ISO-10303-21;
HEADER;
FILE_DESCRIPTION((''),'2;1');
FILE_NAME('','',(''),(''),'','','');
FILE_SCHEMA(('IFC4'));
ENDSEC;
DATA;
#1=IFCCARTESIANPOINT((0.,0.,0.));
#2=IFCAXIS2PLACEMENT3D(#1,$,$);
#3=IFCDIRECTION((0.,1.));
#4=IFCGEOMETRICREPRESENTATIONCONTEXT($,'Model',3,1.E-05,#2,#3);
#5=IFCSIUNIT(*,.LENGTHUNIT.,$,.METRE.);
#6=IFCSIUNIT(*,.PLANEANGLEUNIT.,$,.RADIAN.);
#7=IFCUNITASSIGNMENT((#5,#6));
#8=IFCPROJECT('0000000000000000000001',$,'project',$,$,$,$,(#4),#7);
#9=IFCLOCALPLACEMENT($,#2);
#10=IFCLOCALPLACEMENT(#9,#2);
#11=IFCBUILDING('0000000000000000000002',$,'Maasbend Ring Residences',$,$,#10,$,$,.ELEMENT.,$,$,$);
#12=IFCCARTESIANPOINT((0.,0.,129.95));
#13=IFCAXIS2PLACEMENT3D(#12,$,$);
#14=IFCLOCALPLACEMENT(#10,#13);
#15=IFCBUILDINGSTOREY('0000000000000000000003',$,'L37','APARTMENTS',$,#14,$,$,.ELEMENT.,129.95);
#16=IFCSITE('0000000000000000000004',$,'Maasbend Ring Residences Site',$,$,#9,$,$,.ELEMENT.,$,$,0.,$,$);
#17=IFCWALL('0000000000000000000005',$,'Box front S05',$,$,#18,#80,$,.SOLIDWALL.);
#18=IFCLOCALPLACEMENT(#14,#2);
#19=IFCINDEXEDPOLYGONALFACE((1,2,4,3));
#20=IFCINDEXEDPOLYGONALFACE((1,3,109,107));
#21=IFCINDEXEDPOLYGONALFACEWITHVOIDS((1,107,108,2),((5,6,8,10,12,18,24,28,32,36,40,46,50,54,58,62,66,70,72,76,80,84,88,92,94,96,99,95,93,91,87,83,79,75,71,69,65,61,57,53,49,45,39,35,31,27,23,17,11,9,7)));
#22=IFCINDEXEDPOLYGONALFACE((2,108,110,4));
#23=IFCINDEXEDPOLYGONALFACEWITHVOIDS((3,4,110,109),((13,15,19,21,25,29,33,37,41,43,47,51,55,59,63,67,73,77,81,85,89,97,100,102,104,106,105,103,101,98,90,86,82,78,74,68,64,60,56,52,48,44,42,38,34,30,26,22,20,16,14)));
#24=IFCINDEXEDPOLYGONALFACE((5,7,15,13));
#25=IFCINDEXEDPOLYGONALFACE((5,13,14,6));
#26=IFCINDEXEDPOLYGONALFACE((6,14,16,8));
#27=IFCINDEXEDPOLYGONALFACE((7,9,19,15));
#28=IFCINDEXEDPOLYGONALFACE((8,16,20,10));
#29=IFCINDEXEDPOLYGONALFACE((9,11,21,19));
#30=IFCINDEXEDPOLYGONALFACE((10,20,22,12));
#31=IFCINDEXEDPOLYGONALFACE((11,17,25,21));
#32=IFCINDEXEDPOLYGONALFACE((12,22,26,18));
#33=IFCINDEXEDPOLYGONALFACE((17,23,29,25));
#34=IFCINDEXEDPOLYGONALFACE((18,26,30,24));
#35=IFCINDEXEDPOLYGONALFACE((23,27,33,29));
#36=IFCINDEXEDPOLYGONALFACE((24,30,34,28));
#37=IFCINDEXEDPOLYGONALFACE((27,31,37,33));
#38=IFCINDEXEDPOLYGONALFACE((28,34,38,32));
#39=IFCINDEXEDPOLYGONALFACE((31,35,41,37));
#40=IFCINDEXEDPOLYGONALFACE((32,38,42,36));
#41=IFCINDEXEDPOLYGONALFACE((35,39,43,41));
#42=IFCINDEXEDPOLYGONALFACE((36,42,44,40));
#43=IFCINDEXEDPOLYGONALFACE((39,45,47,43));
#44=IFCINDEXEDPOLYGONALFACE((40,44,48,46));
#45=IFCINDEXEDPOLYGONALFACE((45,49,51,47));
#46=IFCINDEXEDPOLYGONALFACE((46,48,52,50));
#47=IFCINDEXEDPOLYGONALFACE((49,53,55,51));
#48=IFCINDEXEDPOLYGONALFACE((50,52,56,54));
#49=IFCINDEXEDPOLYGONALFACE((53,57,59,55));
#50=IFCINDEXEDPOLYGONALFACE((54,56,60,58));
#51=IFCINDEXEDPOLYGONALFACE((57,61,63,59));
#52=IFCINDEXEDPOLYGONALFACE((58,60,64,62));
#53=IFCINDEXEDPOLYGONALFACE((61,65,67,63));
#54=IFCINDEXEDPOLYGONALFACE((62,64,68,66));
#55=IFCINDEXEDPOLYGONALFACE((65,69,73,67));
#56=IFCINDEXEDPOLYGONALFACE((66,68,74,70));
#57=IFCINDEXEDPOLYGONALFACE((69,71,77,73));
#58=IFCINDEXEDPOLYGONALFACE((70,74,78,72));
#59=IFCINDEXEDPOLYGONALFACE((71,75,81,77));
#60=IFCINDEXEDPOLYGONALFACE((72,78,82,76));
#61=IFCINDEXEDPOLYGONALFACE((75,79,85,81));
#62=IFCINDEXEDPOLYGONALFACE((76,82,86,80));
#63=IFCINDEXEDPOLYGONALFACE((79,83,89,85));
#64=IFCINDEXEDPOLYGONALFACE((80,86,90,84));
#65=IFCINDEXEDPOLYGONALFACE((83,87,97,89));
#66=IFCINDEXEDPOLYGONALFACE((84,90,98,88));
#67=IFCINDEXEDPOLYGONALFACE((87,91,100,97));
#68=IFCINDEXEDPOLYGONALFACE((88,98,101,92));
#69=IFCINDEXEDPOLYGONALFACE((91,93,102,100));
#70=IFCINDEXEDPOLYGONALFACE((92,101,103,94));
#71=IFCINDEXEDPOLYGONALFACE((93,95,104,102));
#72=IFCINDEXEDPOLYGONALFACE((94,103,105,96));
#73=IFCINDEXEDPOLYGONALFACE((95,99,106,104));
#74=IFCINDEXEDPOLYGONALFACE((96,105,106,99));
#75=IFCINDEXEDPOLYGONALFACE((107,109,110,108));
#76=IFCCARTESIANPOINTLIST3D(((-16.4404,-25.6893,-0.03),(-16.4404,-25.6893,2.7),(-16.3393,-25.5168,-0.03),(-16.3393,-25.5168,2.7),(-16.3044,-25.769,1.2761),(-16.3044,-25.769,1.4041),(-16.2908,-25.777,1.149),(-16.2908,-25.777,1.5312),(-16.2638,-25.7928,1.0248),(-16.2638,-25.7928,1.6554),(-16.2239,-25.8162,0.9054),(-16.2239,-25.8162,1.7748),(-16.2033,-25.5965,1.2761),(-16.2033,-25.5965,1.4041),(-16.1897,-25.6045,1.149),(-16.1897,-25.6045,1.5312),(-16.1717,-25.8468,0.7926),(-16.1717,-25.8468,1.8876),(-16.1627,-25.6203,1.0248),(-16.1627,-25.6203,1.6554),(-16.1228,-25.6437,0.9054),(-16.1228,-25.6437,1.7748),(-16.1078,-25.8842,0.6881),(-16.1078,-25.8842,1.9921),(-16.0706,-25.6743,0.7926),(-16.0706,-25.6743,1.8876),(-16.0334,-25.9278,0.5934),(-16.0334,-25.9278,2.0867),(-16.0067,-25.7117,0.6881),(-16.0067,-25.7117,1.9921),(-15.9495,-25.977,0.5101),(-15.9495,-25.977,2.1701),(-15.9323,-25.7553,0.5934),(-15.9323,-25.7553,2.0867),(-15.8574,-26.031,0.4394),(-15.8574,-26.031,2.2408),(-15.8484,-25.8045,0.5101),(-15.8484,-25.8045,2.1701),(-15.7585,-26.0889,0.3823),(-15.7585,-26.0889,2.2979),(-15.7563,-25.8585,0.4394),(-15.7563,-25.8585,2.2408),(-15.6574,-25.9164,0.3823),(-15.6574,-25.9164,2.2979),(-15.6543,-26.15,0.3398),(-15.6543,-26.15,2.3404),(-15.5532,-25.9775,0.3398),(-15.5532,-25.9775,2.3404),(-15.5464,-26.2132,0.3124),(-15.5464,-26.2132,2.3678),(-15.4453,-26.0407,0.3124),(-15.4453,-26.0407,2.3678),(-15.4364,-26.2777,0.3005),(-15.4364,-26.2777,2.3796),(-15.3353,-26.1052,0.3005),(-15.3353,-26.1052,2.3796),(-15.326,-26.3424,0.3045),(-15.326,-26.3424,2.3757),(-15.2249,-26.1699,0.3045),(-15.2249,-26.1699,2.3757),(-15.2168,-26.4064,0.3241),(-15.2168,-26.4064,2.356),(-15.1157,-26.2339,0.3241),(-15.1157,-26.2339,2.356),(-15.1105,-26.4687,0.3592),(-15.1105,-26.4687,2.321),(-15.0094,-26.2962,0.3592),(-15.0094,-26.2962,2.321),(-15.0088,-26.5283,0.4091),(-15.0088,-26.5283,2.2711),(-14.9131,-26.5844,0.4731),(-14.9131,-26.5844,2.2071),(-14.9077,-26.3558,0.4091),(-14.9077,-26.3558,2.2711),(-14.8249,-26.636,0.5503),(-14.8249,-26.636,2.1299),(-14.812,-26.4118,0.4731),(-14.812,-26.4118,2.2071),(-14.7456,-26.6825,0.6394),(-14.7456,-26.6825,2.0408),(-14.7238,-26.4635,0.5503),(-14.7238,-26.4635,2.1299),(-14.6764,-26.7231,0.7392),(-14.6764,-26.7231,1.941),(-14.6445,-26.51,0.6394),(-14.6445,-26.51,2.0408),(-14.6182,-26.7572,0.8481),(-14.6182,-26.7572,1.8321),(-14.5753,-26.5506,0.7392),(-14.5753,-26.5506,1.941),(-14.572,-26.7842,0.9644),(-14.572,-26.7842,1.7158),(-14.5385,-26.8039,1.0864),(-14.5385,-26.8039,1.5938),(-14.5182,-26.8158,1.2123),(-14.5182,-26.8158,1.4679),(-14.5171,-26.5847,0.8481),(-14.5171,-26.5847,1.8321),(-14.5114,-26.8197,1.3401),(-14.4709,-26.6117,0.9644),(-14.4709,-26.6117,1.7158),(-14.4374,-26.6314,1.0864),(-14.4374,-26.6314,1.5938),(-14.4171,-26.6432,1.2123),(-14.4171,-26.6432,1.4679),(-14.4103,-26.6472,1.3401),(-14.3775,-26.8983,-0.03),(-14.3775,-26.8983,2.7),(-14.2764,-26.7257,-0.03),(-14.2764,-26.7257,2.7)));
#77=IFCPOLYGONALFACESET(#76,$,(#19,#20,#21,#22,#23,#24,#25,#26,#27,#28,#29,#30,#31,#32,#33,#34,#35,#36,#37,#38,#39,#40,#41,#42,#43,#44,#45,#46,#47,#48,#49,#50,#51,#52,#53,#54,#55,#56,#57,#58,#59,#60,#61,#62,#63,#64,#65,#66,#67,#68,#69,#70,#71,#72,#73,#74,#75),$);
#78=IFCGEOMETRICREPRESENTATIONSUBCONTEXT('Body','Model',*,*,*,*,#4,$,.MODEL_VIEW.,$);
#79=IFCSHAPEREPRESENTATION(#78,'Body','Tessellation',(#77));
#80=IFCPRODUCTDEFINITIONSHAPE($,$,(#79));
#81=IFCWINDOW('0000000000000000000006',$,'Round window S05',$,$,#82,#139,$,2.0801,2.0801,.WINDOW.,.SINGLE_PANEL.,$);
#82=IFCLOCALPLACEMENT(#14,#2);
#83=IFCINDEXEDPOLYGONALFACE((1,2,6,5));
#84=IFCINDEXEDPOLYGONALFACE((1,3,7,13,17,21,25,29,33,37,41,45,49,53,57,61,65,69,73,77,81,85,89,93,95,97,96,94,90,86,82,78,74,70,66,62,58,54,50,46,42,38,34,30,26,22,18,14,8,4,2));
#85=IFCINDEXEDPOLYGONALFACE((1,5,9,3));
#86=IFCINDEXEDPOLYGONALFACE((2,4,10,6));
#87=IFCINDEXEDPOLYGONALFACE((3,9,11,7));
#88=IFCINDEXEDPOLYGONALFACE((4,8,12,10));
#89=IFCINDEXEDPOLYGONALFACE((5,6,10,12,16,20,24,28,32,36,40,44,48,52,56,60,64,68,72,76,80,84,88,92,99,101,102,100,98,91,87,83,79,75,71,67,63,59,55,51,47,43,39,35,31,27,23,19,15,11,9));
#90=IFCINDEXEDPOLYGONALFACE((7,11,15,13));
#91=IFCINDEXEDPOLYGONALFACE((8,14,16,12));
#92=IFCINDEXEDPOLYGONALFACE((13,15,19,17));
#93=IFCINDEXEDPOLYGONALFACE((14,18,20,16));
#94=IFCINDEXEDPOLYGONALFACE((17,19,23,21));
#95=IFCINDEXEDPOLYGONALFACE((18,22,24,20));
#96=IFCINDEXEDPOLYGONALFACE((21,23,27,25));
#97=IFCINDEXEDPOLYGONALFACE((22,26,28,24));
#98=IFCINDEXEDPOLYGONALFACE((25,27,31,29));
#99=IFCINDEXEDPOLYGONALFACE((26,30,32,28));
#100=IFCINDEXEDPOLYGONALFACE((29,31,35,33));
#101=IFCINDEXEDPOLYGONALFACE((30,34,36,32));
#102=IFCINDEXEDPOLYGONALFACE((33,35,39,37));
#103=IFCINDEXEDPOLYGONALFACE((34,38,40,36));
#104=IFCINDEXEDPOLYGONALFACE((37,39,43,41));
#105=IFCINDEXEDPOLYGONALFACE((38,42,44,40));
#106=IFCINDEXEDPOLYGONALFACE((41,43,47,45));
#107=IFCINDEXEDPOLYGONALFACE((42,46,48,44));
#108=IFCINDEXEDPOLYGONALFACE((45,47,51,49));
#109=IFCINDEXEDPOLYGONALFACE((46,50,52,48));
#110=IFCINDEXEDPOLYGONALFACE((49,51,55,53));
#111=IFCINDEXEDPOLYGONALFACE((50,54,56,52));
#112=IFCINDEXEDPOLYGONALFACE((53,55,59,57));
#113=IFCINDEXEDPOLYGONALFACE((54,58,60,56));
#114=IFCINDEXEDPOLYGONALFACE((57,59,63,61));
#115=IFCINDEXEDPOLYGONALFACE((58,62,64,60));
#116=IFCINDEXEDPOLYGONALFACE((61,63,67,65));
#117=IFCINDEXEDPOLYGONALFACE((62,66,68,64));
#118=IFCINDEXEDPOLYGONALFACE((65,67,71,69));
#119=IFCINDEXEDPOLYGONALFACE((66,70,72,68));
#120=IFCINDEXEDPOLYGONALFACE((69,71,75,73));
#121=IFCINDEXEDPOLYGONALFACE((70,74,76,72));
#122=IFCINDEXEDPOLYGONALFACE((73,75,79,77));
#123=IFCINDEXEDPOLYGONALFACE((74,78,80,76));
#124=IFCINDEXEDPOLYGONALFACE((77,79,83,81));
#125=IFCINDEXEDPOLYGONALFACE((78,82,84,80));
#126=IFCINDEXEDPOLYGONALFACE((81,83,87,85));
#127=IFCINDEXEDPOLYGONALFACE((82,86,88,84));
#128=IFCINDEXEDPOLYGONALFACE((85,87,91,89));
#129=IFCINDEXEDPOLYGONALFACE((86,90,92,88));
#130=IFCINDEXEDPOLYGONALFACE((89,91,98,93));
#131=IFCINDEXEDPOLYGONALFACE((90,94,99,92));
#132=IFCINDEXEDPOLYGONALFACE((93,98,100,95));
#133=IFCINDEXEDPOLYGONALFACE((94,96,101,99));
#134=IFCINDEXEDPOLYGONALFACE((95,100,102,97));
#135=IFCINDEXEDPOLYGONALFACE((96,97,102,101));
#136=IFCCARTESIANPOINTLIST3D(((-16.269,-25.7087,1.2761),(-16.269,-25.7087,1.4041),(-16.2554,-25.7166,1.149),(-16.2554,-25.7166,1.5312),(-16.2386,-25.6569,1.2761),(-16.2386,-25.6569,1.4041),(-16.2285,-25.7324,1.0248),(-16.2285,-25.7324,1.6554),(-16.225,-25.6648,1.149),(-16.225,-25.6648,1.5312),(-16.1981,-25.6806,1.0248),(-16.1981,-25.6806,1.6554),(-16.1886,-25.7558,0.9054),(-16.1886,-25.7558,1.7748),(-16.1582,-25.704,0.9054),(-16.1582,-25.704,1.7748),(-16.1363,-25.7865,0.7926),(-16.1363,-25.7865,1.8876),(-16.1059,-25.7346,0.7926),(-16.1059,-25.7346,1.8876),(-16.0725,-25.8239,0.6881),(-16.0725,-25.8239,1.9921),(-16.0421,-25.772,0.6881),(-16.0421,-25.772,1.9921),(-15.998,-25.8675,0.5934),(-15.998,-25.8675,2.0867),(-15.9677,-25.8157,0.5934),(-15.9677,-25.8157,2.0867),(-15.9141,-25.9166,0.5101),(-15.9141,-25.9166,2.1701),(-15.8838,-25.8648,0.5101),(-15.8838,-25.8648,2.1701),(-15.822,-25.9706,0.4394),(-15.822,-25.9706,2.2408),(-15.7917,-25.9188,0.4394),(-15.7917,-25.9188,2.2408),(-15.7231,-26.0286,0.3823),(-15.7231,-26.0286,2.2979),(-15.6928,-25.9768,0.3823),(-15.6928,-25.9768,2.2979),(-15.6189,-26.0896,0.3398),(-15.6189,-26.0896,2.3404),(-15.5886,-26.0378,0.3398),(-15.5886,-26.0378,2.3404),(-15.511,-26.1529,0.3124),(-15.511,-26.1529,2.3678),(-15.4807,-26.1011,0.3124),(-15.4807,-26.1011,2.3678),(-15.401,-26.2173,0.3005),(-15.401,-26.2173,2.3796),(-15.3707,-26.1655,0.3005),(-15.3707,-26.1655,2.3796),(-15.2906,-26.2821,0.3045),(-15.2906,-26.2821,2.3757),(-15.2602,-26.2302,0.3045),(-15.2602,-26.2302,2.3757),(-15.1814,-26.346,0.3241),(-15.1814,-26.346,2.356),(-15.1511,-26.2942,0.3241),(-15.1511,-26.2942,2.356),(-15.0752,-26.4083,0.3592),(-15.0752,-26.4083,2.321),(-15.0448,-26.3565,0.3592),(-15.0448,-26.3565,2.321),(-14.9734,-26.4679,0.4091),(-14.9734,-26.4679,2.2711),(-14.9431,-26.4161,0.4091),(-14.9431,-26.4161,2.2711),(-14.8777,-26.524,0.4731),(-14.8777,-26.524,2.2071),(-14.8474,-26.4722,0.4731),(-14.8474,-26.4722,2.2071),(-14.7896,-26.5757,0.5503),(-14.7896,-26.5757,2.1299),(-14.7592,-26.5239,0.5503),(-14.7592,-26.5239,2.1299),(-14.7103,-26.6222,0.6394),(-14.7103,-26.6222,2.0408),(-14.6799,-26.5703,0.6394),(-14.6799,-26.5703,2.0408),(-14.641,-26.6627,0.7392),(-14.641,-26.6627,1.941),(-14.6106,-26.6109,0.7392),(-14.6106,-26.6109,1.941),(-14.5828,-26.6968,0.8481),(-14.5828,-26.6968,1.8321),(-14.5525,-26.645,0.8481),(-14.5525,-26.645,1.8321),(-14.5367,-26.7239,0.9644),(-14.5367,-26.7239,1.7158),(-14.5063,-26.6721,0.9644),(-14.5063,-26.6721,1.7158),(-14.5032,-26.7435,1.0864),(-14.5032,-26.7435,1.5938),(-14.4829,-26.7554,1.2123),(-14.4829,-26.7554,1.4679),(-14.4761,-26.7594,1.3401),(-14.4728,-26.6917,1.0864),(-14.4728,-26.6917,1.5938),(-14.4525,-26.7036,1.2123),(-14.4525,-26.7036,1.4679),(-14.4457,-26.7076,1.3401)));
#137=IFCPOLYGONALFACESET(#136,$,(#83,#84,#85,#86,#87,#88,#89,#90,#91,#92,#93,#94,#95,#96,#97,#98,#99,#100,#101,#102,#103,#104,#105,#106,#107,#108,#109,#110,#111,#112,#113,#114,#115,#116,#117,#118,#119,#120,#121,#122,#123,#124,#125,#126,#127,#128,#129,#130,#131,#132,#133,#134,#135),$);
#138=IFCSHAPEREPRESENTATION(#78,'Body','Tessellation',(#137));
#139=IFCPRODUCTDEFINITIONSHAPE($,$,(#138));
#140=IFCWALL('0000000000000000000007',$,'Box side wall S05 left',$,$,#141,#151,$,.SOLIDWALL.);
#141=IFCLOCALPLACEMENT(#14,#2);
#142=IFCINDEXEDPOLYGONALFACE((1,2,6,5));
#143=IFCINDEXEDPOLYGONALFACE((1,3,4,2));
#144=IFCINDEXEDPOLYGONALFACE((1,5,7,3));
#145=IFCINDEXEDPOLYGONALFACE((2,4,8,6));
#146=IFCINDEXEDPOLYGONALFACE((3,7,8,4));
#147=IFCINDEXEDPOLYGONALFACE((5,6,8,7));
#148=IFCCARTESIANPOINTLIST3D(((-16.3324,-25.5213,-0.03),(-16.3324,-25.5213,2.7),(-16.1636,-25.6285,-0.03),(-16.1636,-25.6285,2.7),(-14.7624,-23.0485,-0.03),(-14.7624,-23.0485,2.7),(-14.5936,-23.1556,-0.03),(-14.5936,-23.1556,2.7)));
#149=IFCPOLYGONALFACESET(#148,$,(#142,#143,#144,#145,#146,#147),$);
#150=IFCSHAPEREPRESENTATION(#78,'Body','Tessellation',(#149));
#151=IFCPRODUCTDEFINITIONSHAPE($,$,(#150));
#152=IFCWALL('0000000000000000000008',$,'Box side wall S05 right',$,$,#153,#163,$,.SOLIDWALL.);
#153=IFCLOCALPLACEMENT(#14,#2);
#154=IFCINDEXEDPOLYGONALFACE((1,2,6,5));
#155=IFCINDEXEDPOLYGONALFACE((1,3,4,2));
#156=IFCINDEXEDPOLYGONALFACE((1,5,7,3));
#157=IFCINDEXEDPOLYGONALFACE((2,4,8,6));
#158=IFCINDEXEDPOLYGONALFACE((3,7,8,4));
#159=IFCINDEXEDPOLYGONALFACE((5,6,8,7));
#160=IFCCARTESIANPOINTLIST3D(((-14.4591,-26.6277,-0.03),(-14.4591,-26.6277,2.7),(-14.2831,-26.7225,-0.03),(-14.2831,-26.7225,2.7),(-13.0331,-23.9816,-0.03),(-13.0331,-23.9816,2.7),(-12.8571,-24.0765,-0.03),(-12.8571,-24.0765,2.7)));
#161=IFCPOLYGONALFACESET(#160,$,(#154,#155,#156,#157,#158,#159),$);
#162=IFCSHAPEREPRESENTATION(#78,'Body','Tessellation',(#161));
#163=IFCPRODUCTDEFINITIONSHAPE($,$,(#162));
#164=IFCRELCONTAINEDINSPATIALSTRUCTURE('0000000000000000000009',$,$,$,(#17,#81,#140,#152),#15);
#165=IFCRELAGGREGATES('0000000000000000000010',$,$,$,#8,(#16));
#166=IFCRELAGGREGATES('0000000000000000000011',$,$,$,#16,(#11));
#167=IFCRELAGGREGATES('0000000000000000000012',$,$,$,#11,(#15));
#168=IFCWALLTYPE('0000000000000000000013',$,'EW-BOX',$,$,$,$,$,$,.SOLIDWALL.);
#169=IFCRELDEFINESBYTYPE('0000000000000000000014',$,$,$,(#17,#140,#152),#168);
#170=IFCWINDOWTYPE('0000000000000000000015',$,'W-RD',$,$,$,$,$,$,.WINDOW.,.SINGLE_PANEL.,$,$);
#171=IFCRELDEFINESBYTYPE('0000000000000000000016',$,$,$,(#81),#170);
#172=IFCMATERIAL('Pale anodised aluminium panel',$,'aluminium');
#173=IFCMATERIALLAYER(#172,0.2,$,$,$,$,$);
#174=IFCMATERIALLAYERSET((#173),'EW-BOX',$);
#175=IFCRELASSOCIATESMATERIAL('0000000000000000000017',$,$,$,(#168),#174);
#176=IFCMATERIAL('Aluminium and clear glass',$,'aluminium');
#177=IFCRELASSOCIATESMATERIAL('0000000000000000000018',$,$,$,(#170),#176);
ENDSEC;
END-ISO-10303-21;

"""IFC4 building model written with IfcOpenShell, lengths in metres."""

from ifc_helpers import new_model, si_unit, direction, frame, frame_2d, origin, place, context, subcontext, project, spatial, rectangle, circle, extrude, material, layer, layer_set, type_object, element, fill, save


model = new_model("IFC4")

# Units and contexts
model_context = context("Model", 3, precision=1e-05, world=origin(), true_north=direction((0.0, 1.0)))
body_context = subcontext(model_context, "Body", "Model", "MODEL_VIEW")
ifc_project = project(units=[si_unit("LENGTHUNIT", "METRE"), si_unit("PLANEANGLEUNIT", "RADIAN")], contexts=[model_context])

# Site, building, storey
site_placement = place(None, origin())
site = spatial("IfcSite", under=ifc_project, at=site_placement, Name="Maasbend Ring Residences Site", CompositionType="ELEMENT", RefElevation=0.0)
building_placement = place(site_placement, origin())
building = spatial("IfcBuilding", under=site, at=building_placement, Name="Maasbend Ring Residences", CompositionType="ELEMENT")
storey_placement = place(building_placement, frame((0.0, 0.0, 129.95)))
storey = spatial("IfcBuildingStorey", under=building, at=storey_placement, Name="L37", Description="APARTMENTS", CompositionType="ELEMENT", Elevation=129.95)

# Shared definitions
ifc_material_1 = material(Name="Pale anodised aluminium panel", Category="aluminium")
ifc_layer_1 = layer(ifc_material_1, 0.2)
ifc_layer_set_1 = layer_set([ifc_layer_1], Name="EW-BOX")
wall_type_1 = type_object("IfcWallType", Name="EW-BOX", PredefinedType="SOLIDWALL", material=ifc_layer_set_1)
ifc_material_2 = material(Name="Aluminium and clear glass", Category="aluminium")
window_type_1 = type_object("IfcWindowType", Name="W-RD", PartitioningType="SINGLE_PANEL", PredefinedType="WINDOW", material=ifc_material_2)

# Wall, opening, window
wall_1_placement = place(storey_placement, frame((-16.3899, -25.603, -0.03), z_axis=(0.0, 0.0, 1.0), x_axis=(0.862762, -0.505609, 0.0)))
wall_1 = element("IfcWall", 1, at=wall_1_placement, inside=storey, type_object=wall_type_1, Name="Box front S05", PredefinedType="SOLIDWALL", context=body_context, shape_type="SweptSolid", body=[
    extrude(rectangle(XDim=2.3911, YDim=0.2, at=frame_2d((1.1956, 0.0))), origin(), (0.0, 0.0, 1.0), 2.73),
])
opening_1_placement = place(wall_1_placement, frame((0.1558, 0.0, 0.3301)))
opening_1 = element("IfcOpeningElement", 2, at=opening_1_placement, cuts=wall_1, PredefinedType="OPENING", context=body_context, shape_type="SweptSolid", body=[
    extrude(circle(Radius=1.04, at=frame_2d((1.04, 1.04))), frame((0.0, 0.1099, 0.0), z_axis=(0.0, -1.0, 0.0), x_axis=(1.0, 0.0, 0.0)), (0.0, 0.0, 1.0), 0.22),
])
window_1_placement = place(opening_1_placement, origin())
window_1 = element("IfcWindow", 3, at=window_1_placement, inside=storey, type_object=window_type_1, Name="Round window S05", OverallHeight=2.0801, OverallWidth=2.0801, PartitioningType="SINGLE_PANEL", PredefinedType="WINDOW", context=body_context, shape_type="SweptSolid", body=[
    extrude(circle(Radius=1.04, at=frame_2d((1.04, 1.04))), frame((0.0, 0.03, 0.0), z_axis=(0.0, -1.0, 0.0), x_axis=(1.0, 0.0, 0.0)), (0.0, 0.0, 1.0), 0.0601),
])
fill(opening_1, window_1)

# Walls
wall_2_placement = place(storey_placement, frame((-14.678, -23.1021, -0.03), z_axis=(0.0, 0.0, 1.0), x_axis=(-0.536002, -0.844217, 0.0)))
element("IfcWall", 4, at=wall_2_placement, inside=storey, type_object=wall_type_1, Name="Box side wall S05 left", PredefinedType="SOLIDWALL", context=body_context, shape_type="SweptSolid", body=[
    extrude(rectangle(XDim=2.9292, YDim=0.2, at=frame_2d((1.4646, 0.0))), origin(), (0.0, 0.0, 1.0), 2.73),
])
wall_3_placement = place(storey_placement, frame((-12.9451, -24.0291, -0.03), z_axis=(0.0, 0.0, 1.0), x_axis=(-0.474424, -0.880296, 0.0)))
element("IfcWall", 5, at=wall_3_placement, inside=storey, type_object=wall_type_1, Name="Box side wall S05 right", PredefinedType="SOLIDWALL", context=body_context, shape_type="SweptSolid", body=[
    extrude(rectangle(XDim=3.0059, YDim=0.2, at=frame_2d((1.5029, 0.0))), origin(), (0.0, 0.0, 1.0), 2.73),
])

save(model, "model.ifc")
